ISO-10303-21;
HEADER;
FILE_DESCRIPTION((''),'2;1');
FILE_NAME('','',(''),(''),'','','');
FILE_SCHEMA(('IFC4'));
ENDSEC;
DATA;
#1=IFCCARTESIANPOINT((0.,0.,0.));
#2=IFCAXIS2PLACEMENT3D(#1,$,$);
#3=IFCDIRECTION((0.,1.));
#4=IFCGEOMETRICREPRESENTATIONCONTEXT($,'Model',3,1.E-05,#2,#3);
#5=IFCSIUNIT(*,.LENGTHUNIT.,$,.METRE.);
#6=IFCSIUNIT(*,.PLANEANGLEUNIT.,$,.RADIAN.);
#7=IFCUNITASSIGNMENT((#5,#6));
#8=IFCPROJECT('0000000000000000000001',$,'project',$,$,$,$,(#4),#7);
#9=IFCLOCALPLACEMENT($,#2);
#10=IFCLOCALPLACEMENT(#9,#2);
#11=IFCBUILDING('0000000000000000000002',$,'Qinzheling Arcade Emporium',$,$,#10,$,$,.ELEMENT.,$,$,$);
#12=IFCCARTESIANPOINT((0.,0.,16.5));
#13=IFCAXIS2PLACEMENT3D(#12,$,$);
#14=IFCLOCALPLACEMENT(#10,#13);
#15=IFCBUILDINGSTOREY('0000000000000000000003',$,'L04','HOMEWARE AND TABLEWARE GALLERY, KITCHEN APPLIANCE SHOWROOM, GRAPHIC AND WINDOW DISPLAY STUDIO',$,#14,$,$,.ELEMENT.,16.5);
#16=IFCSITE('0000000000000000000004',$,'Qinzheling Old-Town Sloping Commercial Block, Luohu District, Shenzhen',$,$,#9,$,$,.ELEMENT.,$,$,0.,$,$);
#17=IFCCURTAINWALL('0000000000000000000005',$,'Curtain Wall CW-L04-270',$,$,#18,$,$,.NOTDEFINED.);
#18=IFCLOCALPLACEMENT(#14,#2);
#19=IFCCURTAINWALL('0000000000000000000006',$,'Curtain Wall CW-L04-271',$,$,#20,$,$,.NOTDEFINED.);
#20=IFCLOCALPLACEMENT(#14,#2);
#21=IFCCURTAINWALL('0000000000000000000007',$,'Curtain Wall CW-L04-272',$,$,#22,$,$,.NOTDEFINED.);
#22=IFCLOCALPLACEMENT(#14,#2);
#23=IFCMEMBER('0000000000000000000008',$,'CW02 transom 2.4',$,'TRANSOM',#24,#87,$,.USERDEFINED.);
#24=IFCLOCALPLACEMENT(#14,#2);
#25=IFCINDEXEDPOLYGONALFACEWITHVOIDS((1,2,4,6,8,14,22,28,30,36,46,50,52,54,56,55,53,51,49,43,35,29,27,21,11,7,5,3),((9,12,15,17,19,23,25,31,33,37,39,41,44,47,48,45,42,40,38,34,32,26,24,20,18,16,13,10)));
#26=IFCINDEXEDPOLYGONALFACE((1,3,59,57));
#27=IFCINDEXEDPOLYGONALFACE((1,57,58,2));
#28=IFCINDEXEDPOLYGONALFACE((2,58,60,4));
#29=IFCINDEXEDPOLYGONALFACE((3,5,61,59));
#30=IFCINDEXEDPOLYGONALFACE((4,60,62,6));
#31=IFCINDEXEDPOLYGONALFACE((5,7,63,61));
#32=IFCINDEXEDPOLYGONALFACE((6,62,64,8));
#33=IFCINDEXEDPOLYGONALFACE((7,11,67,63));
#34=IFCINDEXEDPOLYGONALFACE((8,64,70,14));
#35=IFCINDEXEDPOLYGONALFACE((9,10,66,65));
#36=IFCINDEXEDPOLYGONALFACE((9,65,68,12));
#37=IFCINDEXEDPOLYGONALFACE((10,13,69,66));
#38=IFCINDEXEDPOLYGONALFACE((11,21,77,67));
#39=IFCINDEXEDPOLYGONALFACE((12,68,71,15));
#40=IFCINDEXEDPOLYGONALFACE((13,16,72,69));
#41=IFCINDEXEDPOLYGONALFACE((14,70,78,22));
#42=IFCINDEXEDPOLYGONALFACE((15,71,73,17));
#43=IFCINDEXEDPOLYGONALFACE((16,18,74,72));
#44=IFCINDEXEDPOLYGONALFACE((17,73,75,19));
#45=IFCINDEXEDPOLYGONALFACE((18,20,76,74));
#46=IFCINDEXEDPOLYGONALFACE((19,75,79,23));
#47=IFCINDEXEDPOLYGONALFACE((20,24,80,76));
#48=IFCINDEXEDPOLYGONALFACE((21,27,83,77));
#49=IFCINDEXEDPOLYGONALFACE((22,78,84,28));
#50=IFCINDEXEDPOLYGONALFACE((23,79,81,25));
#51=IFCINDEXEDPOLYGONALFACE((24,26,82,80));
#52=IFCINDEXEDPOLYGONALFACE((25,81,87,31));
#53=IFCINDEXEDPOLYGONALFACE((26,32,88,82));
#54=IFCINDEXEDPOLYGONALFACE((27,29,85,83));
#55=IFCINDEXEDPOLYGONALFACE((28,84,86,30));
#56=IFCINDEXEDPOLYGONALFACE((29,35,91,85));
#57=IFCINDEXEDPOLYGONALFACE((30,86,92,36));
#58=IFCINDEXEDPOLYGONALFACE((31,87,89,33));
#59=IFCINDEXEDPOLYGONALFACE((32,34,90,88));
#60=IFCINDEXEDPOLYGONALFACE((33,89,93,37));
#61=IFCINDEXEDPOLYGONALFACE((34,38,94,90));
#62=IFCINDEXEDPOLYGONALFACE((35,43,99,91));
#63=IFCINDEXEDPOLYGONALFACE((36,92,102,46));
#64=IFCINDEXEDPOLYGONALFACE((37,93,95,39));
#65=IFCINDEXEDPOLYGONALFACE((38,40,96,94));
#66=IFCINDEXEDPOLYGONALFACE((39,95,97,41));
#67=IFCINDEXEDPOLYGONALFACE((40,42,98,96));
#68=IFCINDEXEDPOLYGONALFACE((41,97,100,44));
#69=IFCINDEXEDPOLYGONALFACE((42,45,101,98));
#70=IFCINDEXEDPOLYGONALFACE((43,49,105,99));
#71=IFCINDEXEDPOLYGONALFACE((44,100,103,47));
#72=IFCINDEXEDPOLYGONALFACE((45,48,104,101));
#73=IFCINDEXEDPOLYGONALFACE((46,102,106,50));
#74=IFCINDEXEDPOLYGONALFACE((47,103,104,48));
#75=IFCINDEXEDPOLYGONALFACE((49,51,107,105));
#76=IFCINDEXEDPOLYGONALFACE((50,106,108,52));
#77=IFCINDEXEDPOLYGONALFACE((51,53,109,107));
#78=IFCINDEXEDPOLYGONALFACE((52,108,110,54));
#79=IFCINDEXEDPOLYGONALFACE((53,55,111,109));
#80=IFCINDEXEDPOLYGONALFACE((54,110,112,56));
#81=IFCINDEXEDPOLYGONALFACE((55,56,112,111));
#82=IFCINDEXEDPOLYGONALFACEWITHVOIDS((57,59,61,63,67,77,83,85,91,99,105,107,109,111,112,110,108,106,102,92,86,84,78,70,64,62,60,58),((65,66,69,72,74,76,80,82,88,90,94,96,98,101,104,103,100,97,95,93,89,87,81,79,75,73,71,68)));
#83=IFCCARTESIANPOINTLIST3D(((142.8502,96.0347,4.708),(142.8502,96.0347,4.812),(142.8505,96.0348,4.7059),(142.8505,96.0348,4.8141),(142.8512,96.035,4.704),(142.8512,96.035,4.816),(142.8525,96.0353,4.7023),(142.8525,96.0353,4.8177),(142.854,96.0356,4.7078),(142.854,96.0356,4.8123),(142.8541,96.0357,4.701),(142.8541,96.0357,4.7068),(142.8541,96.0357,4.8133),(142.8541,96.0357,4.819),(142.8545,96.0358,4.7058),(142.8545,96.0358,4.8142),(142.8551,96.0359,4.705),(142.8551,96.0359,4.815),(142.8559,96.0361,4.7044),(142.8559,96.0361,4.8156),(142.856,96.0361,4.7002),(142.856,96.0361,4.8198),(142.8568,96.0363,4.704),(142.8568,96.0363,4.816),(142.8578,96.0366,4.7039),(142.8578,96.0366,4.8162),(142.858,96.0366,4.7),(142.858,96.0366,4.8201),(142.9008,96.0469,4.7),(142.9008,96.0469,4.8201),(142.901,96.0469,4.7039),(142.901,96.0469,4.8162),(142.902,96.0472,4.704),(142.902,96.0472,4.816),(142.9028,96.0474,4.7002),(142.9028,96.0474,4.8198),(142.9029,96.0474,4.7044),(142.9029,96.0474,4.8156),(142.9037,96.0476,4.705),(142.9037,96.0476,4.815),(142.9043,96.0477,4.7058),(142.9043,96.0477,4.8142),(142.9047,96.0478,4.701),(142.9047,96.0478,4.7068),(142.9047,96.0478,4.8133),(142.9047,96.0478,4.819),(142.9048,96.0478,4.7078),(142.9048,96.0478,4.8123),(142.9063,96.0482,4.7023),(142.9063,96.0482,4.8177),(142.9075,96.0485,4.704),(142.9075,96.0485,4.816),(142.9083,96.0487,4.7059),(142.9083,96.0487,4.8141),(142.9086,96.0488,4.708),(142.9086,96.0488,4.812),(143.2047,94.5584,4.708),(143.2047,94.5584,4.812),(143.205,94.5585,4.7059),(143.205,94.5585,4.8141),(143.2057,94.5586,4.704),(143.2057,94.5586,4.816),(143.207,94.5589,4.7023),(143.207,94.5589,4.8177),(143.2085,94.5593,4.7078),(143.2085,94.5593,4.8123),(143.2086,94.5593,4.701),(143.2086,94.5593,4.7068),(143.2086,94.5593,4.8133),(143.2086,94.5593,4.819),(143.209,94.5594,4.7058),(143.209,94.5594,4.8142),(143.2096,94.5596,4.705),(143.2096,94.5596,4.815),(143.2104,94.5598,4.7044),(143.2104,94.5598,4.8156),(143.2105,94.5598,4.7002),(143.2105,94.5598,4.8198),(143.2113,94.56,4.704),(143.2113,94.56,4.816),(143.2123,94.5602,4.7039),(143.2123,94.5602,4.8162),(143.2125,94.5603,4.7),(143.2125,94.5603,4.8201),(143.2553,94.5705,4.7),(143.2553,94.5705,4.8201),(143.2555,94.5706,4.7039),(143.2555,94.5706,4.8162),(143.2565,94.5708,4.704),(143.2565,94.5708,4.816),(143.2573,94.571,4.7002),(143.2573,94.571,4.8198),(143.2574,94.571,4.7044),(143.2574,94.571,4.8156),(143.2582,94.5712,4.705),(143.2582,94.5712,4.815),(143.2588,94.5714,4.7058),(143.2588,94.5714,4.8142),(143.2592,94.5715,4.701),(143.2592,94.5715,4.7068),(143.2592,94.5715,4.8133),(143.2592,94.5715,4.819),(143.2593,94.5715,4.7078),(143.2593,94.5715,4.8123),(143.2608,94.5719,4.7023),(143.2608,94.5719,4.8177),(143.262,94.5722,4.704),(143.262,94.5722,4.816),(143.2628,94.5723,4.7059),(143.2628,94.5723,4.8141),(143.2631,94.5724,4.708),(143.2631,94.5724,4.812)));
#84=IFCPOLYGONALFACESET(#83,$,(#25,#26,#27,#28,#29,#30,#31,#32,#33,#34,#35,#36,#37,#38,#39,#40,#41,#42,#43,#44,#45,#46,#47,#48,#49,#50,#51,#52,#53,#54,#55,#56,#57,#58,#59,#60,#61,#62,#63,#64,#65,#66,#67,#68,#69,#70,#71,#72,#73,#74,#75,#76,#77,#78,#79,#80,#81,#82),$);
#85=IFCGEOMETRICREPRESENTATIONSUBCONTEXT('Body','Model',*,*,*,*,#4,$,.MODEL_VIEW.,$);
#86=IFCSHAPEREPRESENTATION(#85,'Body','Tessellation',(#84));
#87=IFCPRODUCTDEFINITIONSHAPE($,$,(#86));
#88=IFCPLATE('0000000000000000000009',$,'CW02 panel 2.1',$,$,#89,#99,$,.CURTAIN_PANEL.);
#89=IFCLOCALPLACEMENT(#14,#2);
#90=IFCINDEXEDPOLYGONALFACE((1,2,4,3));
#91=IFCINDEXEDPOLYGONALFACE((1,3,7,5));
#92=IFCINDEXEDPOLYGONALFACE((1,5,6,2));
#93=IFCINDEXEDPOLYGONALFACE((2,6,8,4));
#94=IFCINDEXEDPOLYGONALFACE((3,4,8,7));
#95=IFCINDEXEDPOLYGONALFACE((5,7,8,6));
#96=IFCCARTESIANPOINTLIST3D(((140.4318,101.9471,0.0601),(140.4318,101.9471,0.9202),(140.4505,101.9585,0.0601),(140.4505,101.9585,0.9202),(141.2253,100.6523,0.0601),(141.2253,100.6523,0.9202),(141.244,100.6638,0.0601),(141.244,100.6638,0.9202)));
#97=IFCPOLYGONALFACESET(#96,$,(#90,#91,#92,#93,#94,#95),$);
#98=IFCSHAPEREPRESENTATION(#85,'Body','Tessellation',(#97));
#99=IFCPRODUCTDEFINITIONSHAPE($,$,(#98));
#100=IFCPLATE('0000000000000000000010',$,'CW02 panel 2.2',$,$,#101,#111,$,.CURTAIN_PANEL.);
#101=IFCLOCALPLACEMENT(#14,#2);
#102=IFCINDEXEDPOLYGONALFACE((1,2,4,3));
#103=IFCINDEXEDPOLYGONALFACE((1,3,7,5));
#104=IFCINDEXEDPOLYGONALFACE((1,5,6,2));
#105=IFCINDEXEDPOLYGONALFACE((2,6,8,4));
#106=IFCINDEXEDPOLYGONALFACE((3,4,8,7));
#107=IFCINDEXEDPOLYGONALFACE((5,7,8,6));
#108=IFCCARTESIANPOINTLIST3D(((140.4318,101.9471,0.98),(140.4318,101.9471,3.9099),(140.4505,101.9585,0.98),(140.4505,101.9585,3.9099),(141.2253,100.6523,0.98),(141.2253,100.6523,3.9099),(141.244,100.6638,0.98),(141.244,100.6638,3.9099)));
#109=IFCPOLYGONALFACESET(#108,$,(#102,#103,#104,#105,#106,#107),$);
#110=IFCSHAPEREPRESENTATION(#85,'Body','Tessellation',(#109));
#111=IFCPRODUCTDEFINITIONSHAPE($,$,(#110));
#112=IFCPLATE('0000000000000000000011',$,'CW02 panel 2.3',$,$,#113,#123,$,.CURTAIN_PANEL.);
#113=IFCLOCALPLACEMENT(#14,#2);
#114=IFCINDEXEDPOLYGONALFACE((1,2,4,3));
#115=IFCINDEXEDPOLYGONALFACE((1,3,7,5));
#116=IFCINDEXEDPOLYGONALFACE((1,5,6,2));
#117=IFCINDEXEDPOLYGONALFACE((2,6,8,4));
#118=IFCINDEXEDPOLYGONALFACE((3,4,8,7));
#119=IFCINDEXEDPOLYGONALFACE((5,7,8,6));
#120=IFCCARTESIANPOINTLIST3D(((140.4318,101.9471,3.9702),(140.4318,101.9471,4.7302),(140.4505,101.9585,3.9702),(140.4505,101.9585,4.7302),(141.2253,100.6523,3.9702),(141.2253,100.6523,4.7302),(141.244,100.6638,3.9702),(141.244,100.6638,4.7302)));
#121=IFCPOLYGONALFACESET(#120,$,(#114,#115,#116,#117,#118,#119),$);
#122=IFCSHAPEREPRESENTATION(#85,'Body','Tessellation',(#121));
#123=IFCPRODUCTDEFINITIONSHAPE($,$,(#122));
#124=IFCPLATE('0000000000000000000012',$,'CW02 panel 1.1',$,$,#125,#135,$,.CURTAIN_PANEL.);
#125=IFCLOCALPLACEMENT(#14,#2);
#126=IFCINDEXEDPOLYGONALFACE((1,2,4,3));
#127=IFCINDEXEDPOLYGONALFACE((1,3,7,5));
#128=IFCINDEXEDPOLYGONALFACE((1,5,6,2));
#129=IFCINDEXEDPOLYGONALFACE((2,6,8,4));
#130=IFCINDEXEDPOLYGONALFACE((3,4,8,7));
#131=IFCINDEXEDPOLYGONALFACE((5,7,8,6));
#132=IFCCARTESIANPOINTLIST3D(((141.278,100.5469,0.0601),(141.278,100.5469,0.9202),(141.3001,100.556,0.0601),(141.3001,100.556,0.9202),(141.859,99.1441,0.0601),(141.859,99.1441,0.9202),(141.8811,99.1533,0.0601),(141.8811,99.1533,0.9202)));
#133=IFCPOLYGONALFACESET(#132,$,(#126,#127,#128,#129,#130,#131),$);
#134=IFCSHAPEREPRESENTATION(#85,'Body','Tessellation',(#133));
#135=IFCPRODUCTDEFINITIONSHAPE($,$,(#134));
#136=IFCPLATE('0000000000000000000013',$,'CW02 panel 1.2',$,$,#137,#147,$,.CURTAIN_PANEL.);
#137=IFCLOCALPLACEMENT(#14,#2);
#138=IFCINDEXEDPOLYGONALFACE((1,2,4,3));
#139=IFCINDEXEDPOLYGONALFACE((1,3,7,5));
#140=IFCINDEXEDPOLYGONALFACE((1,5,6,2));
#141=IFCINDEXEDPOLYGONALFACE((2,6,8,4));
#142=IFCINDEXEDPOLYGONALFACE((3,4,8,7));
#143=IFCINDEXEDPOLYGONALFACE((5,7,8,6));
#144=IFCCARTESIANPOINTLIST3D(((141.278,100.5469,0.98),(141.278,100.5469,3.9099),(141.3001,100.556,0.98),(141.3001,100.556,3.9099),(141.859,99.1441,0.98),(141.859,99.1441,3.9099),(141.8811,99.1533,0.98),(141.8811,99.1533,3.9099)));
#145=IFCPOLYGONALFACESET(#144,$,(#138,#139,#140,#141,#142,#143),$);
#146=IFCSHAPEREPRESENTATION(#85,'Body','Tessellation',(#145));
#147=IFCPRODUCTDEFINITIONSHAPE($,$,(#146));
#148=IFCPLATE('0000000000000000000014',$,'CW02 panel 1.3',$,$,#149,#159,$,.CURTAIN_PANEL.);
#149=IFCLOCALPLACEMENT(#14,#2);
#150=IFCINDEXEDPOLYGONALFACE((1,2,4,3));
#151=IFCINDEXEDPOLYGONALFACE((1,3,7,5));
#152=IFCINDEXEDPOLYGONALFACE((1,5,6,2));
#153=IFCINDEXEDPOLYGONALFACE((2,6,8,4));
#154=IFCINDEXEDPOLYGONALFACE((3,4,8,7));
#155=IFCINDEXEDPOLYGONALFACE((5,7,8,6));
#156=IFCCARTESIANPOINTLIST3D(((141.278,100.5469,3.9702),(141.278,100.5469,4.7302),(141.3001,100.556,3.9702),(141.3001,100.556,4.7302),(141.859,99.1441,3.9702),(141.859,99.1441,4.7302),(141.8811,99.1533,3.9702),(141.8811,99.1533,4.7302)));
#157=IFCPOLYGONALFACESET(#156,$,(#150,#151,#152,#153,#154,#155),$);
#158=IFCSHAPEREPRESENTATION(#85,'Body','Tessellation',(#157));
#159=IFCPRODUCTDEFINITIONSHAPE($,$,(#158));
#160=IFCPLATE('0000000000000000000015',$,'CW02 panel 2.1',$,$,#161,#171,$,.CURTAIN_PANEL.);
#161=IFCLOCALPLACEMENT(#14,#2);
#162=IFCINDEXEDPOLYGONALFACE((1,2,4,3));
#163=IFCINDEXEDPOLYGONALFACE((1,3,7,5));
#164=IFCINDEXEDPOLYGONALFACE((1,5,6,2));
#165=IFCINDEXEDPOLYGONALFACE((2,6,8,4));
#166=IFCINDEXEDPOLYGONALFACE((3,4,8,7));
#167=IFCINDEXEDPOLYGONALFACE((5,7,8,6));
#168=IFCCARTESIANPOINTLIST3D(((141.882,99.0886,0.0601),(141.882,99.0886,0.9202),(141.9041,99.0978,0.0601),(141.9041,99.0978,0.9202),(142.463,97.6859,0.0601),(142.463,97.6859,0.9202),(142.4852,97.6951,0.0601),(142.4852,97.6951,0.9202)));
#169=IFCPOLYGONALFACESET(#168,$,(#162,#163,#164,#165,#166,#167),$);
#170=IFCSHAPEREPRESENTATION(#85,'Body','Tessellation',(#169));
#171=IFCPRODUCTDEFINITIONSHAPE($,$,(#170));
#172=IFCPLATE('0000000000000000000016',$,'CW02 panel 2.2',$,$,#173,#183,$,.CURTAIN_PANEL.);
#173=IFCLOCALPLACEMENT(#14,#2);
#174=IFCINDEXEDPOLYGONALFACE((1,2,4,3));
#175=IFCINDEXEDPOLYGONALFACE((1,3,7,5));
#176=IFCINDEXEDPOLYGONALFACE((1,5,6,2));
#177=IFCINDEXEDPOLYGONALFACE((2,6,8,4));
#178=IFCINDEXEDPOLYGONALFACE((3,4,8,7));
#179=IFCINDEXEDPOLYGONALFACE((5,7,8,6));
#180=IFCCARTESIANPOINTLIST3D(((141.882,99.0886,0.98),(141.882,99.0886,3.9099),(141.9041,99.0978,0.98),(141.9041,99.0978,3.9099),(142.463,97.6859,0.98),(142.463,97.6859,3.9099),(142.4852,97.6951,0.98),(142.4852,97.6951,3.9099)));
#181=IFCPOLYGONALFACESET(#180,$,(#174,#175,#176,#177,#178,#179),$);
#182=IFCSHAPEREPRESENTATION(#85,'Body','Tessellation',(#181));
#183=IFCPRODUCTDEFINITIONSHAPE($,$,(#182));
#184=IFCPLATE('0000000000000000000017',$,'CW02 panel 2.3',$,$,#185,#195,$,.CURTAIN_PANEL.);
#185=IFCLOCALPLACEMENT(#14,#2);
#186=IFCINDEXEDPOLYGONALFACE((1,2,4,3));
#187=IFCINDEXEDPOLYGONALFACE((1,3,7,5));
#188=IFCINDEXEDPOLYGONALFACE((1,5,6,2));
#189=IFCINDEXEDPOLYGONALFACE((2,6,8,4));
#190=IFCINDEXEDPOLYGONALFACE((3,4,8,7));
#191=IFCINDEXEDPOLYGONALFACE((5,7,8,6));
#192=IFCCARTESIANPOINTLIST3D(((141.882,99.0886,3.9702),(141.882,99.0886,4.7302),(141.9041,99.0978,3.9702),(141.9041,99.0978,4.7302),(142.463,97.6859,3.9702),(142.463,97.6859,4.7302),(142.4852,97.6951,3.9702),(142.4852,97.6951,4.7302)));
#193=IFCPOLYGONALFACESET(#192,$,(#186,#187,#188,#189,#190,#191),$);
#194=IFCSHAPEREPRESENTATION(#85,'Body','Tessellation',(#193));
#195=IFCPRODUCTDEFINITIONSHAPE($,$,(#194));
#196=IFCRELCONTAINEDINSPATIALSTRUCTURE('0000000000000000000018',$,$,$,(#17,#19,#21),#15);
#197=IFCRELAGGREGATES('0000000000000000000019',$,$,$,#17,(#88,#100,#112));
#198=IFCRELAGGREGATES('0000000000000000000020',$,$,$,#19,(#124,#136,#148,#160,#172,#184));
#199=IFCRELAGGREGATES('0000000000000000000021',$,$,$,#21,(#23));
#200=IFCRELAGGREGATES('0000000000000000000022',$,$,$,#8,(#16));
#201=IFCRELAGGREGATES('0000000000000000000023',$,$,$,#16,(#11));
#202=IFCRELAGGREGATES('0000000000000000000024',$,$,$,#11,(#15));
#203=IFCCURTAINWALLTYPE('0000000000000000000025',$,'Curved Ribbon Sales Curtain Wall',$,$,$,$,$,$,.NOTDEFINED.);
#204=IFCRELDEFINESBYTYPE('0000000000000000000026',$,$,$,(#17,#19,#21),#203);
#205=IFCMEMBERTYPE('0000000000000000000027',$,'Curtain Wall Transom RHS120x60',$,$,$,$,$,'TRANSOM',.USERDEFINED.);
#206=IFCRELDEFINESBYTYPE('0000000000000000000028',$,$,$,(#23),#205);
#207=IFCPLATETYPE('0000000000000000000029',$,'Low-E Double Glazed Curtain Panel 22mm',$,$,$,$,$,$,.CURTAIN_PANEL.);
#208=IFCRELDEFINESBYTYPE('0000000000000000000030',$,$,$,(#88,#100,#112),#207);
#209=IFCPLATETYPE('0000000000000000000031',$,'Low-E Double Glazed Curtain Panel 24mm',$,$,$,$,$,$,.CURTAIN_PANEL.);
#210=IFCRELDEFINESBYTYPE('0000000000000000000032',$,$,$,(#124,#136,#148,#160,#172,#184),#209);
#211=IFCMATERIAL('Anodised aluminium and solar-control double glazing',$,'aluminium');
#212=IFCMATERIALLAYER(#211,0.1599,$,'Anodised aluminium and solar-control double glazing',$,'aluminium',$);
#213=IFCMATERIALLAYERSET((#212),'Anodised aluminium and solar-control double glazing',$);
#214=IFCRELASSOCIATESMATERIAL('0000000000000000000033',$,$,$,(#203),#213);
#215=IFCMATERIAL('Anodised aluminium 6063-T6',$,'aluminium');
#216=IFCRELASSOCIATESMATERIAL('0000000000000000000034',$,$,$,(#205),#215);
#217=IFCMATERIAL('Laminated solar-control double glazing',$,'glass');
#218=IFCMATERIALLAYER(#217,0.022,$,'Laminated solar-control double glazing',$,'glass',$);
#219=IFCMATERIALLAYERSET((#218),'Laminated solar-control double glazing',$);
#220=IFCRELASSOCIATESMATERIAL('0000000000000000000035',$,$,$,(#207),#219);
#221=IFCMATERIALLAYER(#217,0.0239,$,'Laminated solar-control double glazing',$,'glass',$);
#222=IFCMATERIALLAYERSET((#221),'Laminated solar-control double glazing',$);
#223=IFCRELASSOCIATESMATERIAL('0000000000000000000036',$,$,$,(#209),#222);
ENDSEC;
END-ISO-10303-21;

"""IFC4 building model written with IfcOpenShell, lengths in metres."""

from ifc_helpers import new_model, si_unit, direction, frame, origin, origin_2d, place, context, subcontext, project, spatial, rectangle, hollow_rectangle, extrude, material, layer, layer_set, material_profile, profile_set, type_object, element, aggregate, save


model = new_model("IFC4")

# Units and contexts
model_context = context("Model", 3, precision=1e-05, world=origin(), true_north=direction((0.0, 1.0)))
body_context = subcontext(model_context, "Body", "Model", "MODEL_VIEW")
ifc_project = project(units=[si_unit("LENGTHUNIT", "METRE"), si_unit("PLANEANGLEUNIT", "RADIAN")], contexts=[model_context])

# Site, building, storey
site_placement = place(None, origin())
site = spatial("IfcSite", under=ifc_project, at=site_placement, Name="Qinzheling Old-Town Sloping Commercial Block, Luohu District, Shenzhen", CompositionType="ELEMENT", RefElevation=0.0)
building_placement = place(site_placement, origin())
building = spatial("IfcBuilding", under=site, at=building_placement, Name="Qinzheling Arcade Emporium", CompositionType="ELEMENT")
storey_placement = place(building_placement, frame((0.0, 0.0, 16.5)))
storey = spatial("IfcBuildingStorey", under=building, at=storey_placement, Name="L04", Description="HOMEWARE AND TABLEWARE GALLERY, KITCHEN APPLIANCE SHOWROOM, GRAPHIC AND WINDOW DISPLAY STUDIO", CompositionType="ELEMENT", Elevation=16.5)

# Curtain wall
ifc_material_1 = material(Name="Anodised aluminium and solar-control double glazing", Category="aluminium")
ifc_layer_1 = layer(ifc_material_1, 0.1599, Name="Anodised aluminium and solar-control double glazing", Category="aluminium")
ifc_layer_set_1 = layer_set([ifc_layer_1], Name="Anodised aluminium and solar-control double glazing")
curtain_wall_type = type_object("IfcCurtainWallType", Name="Curved Ribbon Sales Curtain Wall", PredefinedType="NOTDEFINED", material=ifc_layer_set_1)
curtain_wall_1_placement = place(storey_placement, origin())
curtain_wall_1 = element("IfcCurtainWall", 1, at=curtain_wall_1_placement, inside=storey, type_object=curtain_wall_type, Name="Curtain Wall CW-L04-270", PredefinedType="NOTDEFINED")
ifc_material_2 = material(Name="Anodised aluminium 6063-T6", Category="aluminium")

# Curtain walls
curtain_wall_2_placement = place(storey_placement, origin())
curtain_wall_2 = element("IfcCurtainWall", 2, at=curtain_wall_2_placement, inside=storey, type_object=curtain_wall_type, Name="Curtain Wall CW-L04-271", PredefinedType="NOTDEFINED")
curtain_wall_3_placement = place(storey_placement, origin())
curtain_wall_3 = element("IfcCurtainWall", 3, at=curtain_wall_3_placement, inside=storey, type_object=curtain_wall_type, Name="Curtain Wall CW-L04-272", PredefinedType="NOTDEFINED")

# Member
ifc_material_profile_1 = material_profile(ifc_material_2, hollow_rectangle(XDim=0.0601, YDim=0.1201, WallThickness=0.0039, InnerFilletRadius=0.0039, OuterFilletRadius=0.0081, at=origin_2d()), Name="RHS 120x60x4", Category="aluminium")
ifc_profile_set_1 = profile_set([ifc_material_profile_1], Name="Anodised aluminium 6063-T6")
member_type_1 = type_object("IfcMemberType", Name="Curtain Wall Transom RHS120x60", ElementType="TRANSOM", PredefinedType="USERDEFINED", material=ifc_profile_set_1)
member_1_placement = place(storey_placement, frame((142.8794, 96.0417, 4.76), z_axis=(0.233482, -0.972361, 0.0), x_axis=(0.972361, 0.233482, 0.0)))
member_1 = element("IfcMember", 4, at=member_1_placement, type_object=member_type_1, Name="CW02 transom 2.4", ObjectType="TRANSOM", PredefinedType="USERDEFINED", context=body_context, shape_type="SweptSolid", body=[
    extrude(hollow_rectangle(XDim=0.0601, YDim=0.1201, WallThickness=0.0039, InnerFilletRadius=0.0039, OuterFilletRadius=0.0081, at=origin_2d()), origin(), (0.0, 0.0, 1.0), 1.5183),
])

# Plates
ifc_material_3 = material(Name="Laminated solar-control double glazing", Category="glass")
ifc_layer_2 = layer(ifc_material_3, 0.022, Name="Laminated solar-control double glazing", Category="glass")
ifc_layer_set_2 = layer_set([ifc_layer_2], Name="Laminated solar-control double glazing")
plate_type_1 = type_object("IfcPlateType", Name="Low-E Double Glazed Curtain Panel 22mm", PredefinedType="CURTAIN_PANEL", material=ifc_layer_set_2)
plate_1_placement = place(storey_placement, frame((140.8379, 101.3054, 0.0601), z_axis=(0.0, 0.0, 1.0), x_axis=(0.522518, -0.852628, 0.0)))
plate_1 = element("IfcPlate", 5, at=plate_1_placement, type_object=plate_type_1, Name="CW02 panel 2.1", PredefinedType="CURTAIN_PANEL", context=body_context, shape_type="SweptSolid", body=[
    extrude(rectangle(XDim=1.5186, YDim=0.022, at=origin_2d()), origin(), (0.0, 0.0, 1.0), 0.8601),
])
plate_2_placement = place(storey_placement, frame((140.8379, 101.3054, 0.98), z_axis=(0.0, 0.0, 1.0), x_axis=(0.522518, -0.852628, 0.0)))
plate_2 = element("IfcPlate", 6, at=plate_2_placement, type_object=plate_type_1, Name="CW02 panel 2.2", PredefinedType="CURTAIN_PANEL", context=body_context, shape_type="SweptSolid", body=[
    extrude(rectangle(XDim=1.5186, YDim=0.022, at=origin_2d()), origin(), (0.0, 0.0, 1.0), 2.9299),
])
plate_3_placement = place(storey_placement, frame((140.8379, 101.3054, 3.9702), z_axis=(0.0, 0.0, 1.0), x_axis=(0.522518, -0.852628, 0.0)))
plate_3 = element("IfcPlate", 7, at=plate_3_placement, type_object=plate_type_1, Name="CW02 panel 2.3", PredefinedType="CURTAIN_PANEL", context=body_context, shape_type="SweptSolid", body=[
    extrude(rectangle(XDim=1.5186, YDim=0.022, at=origin_2d()), origin(), (0.0, 0.0, 1.0), 0.76),
])
aggregate(curtain_wall_1, [plate_1, plate_2, plate_3])
ifc_layer_3 = layer(ifc_material_3, 0.0239, Name="Laminated solar-control double glazing", Category="glass")
ifc_layer_set_3 = layer_set([ifc_layer_3], Name="Laminated solar-control double glazing")
plate_type_2 = type_object("IfcPlateType", Name="Low-E Double Glazed Curtain Panel 24mm", PredefinedType="CURTAIN_PANEL", material=ifc_layer_set_3)
plate_4_placement = place(storey_placement, frame((141.5796, 99.8501, 0.0601), z_axis=(0.0, 0.0, 1.0), x_axis=(0.382672, -0.923884, 0.0)))
plate_4 = element("IfcPlate", 8, at=plate_4_placement, type_object=plate_type_2, Name="CW02 panel 1.1", PredefinedType="CURTAIN_PANEL", context=body_context, shape_type="SweptSolid", body=[
    extrude(rectangle(XDim=1.5183, YDim=0.0239, at=origin_2d()), origin(), (0.0, 0.0, 1.0), 0.8601),
])
plate_5_placement = place(storey_placement, frame((141.5796, 99.8501, 0.98), z_axis=(0.0, 0.0, 1.0), x_axis=(0.382672, -0.923884, 0.0)))
plate_5 = element("IfcPlate", 9, at=plate_5_placement, type_object=plate_type_2, Name="CW02 panel 1.2", PredefinedType="CURTAIN_PANEL", context=body_context, shape_type="SweptSolid", body=[
    extrude(rectangle(XDim=1.5183, YDim=0.0239, at=origin_2d()), origin(), (0.0, 0.0, 1.0), 2.9299),
])
plate_6_placement = place(storey_placement, frame((141.5796, 99.8501, 3.9702), z_axis=(0.0, 0.0, 1.0), x_axis=(0.382672, -0.923884, 0.0)))
plate_6 = element("IfcPlate", 10, at=plate_6_placement, type_object=plate_type_2, Name="CW02 panel 1.3", PredefinedType="CURTAIN_PANEL", context=body_context, shape_type="SweptSolid", body=[
    extrude(rectangle(XDim=1.5183, YDim=0.0239, at=origin_2d()), origin(), (0.0, 0.0, 1.0), 0.76),
])
plate_7_placement = place(storey_placement, frame((142.1836, 98.3918, 0.0601), z_axis=(0.0, 0.0, 1.0), x_axis=(0.382672, -0.923884, 0.0)))
plate_7 = element("IfcPlate", 11, at=plate_7_placement, type_object=plate_type_2, Name="CW02 panel 2.1", PredefinedType="CURTAIN_PANEL", context=body_context, shape_type="SweptSolid", body=[
    extrude(rectangle(XDim=1.5183, YDim=0.0239, at=origin_2d()), origin(), (0.0, 0.0, 1.0), 0.8601),
])
plate_8_placement = place(storey_placement, frame((142.1836, 98.3918, 0.98), z_axis=(0.0, 0.0, 1.0), x_axis=(0.382672, -0.923884, 0.0)))
plate_8 = element("IfcPlate", 12, at=plate_8_placement, type_object=plate_type_2, Name="CW02 panel 2.2", PredefinedType="CURTAIN_PANEL", context=body_context, shape_type="SweptSolid", body=[
    extrude(rectangle(XDim=1.5183, YDim=0.0239, at=origin_2d()), origin(), (0.0, 0.0, 1.0), 2.9299),
])
plate_9_placement = place(storey_placement, frame((142.1836, 98.3918, 3.9702), z_axis=(0.0, 0.0, 1.0), x_axis=(0.382672, -0.923884, 0.0)))
plate_9 = element("IfcPlate", 13, at=plate_9_placement, type_object=plate_type_2, Name="CW02 panel 2.3", PredefinedType="CURTAIN_PANEL", context=body_context, shape_type="SweptSolid", body=[
    extrude(rectangle(XDim=1.5183, YDim=0.0239, at=origin_2d()), origin(), (0.0, 0.0, 1.0), 0.76),
])
aggregate(curtain_wall_2, [plate_4, plate_5, plate_6, plate_7, plate_8, plate_9])
aggregate(curtain_wall_3, [member_1])

save(model, "model.ifc")
